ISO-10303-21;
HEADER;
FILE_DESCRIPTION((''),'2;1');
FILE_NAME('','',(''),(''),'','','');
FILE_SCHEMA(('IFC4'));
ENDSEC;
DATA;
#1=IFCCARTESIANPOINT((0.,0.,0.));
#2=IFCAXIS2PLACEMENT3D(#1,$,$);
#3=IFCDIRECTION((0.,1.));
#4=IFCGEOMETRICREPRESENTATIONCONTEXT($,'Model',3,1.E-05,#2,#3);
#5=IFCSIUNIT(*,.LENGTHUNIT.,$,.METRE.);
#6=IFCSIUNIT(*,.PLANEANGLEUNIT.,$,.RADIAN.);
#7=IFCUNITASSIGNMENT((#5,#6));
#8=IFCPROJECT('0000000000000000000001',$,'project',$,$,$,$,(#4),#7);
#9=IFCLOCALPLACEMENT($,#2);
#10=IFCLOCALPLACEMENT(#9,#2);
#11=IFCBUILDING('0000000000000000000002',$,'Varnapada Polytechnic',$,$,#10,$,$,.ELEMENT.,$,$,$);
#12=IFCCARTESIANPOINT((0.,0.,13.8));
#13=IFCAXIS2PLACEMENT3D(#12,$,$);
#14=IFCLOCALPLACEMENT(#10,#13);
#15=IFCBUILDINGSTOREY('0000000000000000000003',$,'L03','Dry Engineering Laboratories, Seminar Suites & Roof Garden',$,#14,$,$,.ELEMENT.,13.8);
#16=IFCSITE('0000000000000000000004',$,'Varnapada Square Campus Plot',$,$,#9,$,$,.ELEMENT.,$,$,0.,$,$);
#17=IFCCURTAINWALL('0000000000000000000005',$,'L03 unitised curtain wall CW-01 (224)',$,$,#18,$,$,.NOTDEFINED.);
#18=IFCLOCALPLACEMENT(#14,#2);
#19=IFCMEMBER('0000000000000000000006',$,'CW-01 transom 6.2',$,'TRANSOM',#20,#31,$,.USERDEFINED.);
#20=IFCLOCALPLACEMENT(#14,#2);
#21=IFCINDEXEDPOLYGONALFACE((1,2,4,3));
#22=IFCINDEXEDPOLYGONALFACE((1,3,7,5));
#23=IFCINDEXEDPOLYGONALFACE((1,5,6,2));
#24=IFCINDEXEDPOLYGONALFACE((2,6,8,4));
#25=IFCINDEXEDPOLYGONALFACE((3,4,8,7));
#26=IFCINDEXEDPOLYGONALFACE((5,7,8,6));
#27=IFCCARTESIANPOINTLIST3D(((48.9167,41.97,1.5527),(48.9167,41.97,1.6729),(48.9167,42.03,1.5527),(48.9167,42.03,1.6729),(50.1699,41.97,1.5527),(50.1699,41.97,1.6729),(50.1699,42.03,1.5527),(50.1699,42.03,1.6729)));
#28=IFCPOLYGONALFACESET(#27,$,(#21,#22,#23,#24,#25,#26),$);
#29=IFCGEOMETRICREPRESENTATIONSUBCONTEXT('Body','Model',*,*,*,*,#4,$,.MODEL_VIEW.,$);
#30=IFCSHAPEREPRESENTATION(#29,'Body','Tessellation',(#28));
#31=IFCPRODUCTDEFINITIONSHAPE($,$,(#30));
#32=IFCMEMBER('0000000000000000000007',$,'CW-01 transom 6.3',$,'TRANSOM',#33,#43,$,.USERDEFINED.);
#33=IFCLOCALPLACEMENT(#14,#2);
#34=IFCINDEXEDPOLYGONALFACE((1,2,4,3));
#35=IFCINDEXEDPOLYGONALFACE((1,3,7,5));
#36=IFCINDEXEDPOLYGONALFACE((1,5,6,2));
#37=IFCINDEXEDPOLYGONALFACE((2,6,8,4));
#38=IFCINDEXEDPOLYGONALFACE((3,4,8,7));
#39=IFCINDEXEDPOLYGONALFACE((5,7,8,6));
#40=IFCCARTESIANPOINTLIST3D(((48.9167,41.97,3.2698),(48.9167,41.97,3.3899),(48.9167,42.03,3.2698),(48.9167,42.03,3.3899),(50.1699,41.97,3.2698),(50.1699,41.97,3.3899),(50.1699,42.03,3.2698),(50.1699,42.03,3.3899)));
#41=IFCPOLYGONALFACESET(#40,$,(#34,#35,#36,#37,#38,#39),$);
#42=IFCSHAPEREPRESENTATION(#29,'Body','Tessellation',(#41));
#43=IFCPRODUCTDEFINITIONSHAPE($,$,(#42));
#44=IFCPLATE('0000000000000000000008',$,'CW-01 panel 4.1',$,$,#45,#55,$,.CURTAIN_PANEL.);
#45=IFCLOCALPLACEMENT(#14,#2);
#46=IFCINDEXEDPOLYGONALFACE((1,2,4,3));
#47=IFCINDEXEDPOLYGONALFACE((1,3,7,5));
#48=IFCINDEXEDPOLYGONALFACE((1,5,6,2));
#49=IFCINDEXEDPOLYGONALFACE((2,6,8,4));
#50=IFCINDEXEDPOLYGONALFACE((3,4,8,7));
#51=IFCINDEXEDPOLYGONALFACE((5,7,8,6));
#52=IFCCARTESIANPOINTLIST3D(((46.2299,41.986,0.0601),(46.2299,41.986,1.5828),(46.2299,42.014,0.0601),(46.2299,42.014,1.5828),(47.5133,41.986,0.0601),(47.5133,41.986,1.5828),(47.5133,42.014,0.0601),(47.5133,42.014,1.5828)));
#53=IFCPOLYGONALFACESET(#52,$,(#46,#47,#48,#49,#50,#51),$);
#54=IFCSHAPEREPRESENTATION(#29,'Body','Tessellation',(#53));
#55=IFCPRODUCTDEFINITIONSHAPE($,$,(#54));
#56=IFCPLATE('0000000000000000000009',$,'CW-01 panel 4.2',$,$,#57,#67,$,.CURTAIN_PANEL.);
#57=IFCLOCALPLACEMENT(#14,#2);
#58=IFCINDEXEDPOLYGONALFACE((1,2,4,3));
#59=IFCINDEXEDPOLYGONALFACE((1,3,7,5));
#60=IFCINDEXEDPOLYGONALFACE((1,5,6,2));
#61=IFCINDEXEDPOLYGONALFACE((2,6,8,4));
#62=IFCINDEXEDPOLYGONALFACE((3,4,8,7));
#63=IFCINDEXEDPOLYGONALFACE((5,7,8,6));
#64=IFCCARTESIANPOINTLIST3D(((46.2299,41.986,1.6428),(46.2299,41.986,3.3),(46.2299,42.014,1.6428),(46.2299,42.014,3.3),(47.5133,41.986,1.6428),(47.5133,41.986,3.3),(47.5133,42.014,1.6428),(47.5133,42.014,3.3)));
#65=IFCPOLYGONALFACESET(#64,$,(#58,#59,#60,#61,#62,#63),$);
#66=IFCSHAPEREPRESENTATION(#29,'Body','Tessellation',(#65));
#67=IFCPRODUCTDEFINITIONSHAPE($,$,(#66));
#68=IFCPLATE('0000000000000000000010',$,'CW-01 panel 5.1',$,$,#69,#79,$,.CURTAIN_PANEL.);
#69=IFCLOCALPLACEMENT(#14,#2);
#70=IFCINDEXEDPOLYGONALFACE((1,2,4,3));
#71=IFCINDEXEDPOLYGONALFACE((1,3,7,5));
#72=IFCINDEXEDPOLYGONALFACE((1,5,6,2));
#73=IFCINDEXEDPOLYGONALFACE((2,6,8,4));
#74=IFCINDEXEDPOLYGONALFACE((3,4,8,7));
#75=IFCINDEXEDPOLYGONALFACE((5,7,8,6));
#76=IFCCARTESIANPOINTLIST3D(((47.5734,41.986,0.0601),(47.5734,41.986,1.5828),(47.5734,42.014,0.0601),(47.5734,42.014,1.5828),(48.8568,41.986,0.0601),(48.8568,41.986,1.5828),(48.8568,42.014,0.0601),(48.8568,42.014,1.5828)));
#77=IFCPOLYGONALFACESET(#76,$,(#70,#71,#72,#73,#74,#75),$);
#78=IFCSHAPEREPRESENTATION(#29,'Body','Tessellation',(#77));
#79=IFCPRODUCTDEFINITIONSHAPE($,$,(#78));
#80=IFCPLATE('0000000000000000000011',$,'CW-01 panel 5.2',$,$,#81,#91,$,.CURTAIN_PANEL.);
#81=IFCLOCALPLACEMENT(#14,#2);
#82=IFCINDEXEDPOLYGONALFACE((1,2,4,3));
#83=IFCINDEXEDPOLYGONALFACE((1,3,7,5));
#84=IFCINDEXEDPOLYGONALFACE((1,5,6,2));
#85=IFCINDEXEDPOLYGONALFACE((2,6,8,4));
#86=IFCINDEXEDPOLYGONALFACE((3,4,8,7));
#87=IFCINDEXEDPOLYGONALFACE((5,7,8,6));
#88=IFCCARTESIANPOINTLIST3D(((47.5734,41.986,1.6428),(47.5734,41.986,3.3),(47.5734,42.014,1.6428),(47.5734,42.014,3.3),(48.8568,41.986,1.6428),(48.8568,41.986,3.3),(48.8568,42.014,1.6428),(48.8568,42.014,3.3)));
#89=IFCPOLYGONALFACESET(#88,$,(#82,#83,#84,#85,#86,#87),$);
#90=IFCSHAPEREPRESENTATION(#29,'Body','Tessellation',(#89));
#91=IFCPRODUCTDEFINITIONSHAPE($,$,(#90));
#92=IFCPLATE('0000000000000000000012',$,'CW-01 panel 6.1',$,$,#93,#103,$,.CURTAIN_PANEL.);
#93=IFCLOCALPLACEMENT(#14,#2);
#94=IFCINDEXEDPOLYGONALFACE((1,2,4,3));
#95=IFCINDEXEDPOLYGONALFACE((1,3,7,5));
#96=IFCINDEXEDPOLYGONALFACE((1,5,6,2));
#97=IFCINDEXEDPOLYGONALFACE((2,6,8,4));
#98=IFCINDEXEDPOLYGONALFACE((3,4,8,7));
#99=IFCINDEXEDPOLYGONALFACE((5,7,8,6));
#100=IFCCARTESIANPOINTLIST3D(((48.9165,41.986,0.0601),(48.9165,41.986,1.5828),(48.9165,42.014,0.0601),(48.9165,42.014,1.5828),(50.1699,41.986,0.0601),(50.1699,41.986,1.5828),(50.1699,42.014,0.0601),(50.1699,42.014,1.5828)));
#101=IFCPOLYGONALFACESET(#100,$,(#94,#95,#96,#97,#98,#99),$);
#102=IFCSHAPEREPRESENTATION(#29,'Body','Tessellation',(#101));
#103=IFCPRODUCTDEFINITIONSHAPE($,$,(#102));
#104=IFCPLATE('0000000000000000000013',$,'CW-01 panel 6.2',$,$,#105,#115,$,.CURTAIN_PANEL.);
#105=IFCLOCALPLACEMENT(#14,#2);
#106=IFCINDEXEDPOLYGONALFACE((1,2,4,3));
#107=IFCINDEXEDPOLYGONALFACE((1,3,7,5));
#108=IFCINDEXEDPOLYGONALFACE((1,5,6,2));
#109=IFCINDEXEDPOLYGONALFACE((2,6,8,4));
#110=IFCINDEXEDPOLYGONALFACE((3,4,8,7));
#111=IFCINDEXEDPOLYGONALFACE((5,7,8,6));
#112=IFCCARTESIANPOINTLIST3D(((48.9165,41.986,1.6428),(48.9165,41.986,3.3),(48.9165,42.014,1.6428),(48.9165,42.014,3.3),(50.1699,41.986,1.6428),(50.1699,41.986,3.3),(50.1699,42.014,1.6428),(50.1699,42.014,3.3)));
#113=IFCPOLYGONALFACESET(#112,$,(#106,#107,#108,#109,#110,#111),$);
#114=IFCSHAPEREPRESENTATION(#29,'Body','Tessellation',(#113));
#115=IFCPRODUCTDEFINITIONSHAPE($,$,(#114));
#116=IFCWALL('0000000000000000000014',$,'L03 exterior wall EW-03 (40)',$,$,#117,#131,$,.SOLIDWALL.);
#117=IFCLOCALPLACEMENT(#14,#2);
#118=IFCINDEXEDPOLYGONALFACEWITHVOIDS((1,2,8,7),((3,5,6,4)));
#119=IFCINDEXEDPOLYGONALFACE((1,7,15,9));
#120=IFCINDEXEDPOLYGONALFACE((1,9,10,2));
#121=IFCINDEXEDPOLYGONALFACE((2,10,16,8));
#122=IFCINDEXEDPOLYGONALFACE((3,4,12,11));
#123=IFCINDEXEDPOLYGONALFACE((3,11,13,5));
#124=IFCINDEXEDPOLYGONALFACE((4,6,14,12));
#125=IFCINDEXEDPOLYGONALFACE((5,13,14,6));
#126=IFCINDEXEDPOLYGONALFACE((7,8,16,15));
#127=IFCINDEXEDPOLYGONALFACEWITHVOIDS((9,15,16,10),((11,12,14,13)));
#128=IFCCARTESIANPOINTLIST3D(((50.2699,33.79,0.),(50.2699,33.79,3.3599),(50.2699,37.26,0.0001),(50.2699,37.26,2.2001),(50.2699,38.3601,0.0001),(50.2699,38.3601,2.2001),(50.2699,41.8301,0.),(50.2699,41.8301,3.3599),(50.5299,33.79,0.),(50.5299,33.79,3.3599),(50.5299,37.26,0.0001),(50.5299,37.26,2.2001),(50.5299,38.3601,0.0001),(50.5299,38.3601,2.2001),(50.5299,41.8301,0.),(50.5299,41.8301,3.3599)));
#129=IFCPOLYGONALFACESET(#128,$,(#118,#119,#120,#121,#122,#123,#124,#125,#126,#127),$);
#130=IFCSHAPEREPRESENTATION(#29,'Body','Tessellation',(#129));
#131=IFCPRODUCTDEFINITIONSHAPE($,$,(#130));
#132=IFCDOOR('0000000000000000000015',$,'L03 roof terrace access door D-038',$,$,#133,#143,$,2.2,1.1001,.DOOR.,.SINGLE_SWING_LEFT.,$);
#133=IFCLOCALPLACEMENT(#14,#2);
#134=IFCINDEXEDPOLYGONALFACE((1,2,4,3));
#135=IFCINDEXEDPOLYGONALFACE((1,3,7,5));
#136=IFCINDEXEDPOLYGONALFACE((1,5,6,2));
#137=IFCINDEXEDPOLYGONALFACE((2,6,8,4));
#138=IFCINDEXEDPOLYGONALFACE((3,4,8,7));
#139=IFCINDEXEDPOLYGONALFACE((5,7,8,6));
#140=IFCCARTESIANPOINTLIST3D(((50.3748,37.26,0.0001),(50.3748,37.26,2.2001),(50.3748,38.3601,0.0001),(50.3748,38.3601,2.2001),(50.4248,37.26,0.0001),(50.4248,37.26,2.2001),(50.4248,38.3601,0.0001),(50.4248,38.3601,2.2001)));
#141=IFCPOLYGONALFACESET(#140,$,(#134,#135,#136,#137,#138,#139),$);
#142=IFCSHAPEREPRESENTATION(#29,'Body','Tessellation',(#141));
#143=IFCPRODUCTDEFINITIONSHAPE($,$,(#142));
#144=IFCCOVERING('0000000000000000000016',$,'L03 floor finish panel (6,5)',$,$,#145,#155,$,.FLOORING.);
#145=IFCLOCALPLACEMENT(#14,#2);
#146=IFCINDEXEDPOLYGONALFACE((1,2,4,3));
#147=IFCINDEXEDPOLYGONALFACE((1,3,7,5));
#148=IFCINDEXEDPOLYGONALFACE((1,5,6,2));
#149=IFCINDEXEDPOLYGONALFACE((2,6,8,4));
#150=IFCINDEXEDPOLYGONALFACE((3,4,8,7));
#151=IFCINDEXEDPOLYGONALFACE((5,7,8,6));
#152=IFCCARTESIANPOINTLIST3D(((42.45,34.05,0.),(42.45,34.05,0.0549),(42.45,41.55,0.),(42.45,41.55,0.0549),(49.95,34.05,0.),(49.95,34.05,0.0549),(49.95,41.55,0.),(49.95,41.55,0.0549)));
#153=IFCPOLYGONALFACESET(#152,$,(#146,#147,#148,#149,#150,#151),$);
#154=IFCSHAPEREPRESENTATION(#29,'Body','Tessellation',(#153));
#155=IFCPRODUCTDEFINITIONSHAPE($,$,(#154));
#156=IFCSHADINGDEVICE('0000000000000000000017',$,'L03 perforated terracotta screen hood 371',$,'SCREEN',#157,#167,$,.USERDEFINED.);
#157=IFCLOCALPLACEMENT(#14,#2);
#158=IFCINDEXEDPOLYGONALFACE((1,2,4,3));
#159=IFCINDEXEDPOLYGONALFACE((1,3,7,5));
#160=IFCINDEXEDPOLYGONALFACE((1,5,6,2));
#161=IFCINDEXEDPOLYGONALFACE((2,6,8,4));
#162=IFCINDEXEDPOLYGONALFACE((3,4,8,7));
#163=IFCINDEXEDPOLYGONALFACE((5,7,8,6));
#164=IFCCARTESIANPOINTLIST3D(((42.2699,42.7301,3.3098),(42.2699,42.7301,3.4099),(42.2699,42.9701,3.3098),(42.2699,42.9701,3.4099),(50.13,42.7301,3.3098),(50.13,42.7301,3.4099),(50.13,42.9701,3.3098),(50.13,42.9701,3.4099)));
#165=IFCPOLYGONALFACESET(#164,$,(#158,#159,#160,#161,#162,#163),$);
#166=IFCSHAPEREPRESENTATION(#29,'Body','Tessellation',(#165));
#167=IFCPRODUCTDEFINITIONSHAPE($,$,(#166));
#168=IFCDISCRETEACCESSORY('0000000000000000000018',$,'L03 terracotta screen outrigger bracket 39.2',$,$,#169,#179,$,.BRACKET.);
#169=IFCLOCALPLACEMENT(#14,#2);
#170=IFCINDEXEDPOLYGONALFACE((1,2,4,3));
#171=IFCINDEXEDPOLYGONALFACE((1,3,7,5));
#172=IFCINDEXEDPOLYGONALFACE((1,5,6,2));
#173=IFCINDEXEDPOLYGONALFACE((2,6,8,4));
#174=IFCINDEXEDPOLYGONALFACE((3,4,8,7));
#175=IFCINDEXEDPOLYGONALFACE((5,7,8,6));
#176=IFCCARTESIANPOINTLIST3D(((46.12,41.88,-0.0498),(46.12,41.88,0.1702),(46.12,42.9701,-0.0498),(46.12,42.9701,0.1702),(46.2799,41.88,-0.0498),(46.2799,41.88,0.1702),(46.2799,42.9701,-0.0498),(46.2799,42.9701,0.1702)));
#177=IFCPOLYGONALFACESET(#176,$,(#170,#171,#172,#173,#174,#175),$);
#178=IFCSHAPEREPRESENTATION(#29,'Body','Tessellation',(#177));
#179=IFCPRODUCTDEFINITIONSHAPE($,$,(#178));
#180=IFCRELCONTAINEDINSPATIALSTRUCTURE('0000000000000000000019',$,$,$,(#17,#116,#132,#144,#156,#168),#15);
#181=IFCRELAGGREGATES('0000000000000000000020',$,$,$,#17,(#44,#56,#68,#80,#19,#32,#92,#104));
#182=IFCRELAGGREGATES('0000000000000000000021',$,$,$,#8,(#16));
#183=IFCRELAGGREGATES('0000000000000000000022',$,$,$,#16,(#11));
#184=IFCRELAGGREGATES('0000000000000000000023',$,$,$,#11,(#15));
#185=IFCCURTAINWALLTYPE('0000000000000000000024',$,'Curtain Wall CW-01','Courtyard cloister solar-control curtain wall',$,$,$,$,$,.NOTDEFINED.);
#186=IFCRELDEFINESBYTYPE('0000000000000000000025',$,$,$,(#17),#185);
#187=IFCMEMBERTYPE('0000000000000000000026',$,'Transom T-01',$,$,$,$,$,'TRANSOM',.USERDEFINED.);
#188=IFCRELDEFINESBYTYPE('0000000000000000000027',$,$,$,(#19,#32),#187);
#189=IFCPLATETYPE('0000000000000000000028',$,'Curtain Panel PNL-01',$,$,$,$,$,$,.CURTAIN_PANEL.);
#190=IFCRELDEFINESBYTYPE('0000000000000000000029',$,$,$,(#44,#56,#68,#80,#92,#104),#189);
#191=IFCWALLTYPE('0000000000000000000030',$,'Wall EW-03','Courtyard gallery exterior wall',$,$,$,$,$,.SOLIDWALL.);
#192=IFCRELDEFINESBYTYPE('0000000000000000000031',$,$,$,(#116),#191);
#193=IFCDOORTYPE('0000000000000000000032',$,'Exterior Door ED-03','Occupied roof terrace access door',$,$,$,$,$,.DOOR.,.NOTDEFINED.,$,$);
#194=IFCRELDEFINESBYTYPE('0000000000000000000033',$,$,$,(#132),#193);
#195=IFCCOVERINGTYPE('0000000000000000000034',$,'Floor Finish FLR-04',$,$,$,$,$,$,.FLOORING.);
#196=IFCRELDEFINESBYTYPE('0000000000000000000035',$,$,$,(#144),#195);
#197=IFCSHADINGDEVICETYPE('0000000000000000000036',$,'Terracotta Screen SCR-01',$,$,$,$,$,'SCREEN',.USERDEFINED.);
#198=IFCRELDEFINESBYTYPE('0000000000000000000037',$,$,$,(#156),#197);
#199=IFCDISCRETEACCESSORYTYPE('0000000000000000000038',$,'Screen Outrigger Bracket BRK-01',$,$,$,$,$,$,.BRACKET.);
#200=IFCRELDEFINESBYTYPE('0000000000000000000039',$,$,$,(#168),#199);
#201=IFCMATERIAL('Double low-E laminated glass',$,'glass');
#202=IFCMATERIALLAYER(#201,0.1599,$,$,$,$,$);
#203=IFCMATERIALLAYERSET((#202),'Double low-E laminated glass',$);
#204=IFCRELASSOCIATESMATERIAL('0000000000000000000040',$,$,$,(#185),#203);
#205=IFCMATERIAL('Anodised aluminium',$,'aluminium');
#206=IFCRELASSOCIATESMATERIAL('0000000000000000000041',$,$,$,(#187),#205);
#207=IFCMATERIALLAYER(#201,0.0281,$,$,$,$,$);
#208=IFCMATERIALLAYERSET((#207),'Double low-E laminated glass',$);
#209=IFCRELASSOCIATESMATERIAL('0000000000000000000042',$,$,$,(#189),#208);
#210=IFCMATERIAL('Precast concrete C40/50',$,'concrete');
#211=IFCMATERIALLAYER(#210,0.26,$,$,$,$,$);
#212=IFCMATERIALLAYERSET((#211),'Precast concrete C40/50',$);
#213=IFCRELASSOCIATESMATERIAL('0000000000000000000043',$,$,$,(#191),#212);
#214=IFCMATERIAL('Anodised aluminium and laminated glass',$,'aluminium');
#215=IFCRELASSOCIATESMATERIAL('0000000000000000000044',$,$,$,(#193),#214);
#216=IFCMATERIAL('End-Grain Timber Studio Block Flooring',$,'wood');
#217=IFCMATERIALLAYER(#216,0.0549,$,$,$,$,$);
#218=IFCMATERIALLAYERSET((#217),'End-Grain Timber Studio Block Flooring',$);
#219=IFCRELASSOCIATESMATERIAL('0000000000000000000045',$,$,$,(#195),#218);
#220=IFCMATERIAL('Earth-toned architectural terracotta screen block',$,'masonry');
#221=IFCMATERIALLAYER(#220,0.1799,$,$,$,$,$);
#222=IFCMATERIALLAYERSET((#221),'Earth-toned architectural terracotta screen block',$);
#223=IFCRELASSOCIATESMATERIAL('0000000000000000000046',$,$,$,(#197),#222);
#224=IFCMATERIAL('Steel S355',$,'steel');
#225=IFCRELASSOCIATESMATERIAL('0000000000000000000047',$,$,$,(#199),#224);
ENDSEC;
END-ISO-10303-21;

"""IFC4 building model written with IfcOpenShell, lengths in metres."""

from ifc_helpers import new_model, si_unit, direction, frame, frame_2d, origin, origin_2d, place, context, subcontext, project, spatial, rectangle, extrude, material, layer, layer_set, material_profile, profile_set, type_object, element, fill, aggregate, save


model = new_model("IFC4")

# Units and contexts
model_context = context("Model", 3, precision=1e-05, world=origin(), true_north=direction((0.0, 1.0)))
body_context = subcontext(model_context, "Body", "Model", "MODEL_VIEW")
ifc_project = project(units=[si_unit("LENGTHUNIT", "METRE"), si_unit("PLANEANGLEUNIT", "RADIAN")], contexts=[model_context])

# Site, building, storey
site_placement = place(None, origin())
site = spatial("IfcSite", under=ifc_project, at=site_placement, Name="Varnapada Square Campus Plot", CompositionType="ELEMENT", RefElevation=0.0)
building_placement = place(site_placement, origin())
building = spatial("IfcBuilding", under=site, at=building_placement, Name="Varnapada Polytechnic", CompositionType="ELEMENT")
storey_placement = place(building_placement, frame((0.0, 0.0, 13.8)))
storey = spatial("IfcBuildingStorey", under=building, at=storey_placement, Name="L03", Description="Dry Engineering Laboratories, Seminar Suites & Roof Garden", CompositionType="ELEMENT", Elevation=13.8)

# Curtain wall
ifc_material_1 = material(Name="Double low-E laminated glass", Category="glass")
ifc_layer_1 = layer(ifc_material_1, 0.1599)
ifc_layer_set_1 = layer_set([ifc_layer_1], Name="Double low-E laminated glass")
curtain_wall_type = type_object("IfcCurtainWallType", Name="Curtain Wall CW-01", Description="Courtyard cloister solar-control curtain wall", PredefinedType="NOTDEFINED", material=ifc_layer_set_1)
curtain_wall_placement = place(storey_placement, origin())
curtain_wall = element("IfcCurtainWall", 1, at=curtain_wall_placement, inside=storey, type_object=curtain_wall_type, Name="L03 unitised curtain wall CW-01 (224)", PredefinedType="NOTDEFINED")
ifc_material_2 = material(Name="Anodised aluminium", Category="aluminium")

# Members
ifc_material_profile_1 = material_profile(ifc_material_2, rectangle(XDim=0.0601, YDim=0.1201, at=origin_2d()), Name="ALU T60x120")
ifc_profile_set_1 = profile_set([ifc_material_profile_1], Name="Anodised aluminium")
member_type_1 = type_object("IfcMemberType", Name="Transom T-01", ElementType="TRANSOM", PredefinedType="USERDEFINED", material=ifc_profile_set_1)
member_1_placement = place(storey_placement, frame((48.9167, 42.0, 1.6128), z_axis=(1.0, 0.0, 0.0), x_axis=(0.0, 1.0, 0.0)))
member_1 = element("IfcMember", 2, at=member_1_placement, type_object=member_type_1, Name="CW-01 transom 6.2", ObjectType="TRANSOM", PredefinedType="USERDEFINED", context=body_context, shape_type="SweptSolid", body=[
    extrude(rectangle(XDim=0.0601, YDim=0.1201, at=origin_2d()), origin(), (0.0, 0.0, 1.0), 1.2532),
])
member_2_placement = place(storey_placement, frame((48.9167, 42.0, 3.3298), z_axis=(1.0, 0.0, 0.0), x_axis=(0.0, 1.0, 0.0)))
member_2 = element("IfcMember", 3, at=member_2_placement, type_object=member_type_1, Name="CW-01 transom 6.3", ObjectType="TRANSOM", PredefinedType="USERDEFINED", context=body_context, shape_type="SweptSolid", body=[
    extrude(rectangle(XDim=0.0601, YDim=0.1201, at=origin_2d()), origin(), (0.0, 0.0, 1.0), 1.2532),
])

# Plates
ifc_layer_2 = layer(ifc_material_1, 0.0281)
ifc_layer_set_2 = layer_set([ifc_layer_2], Name="Double low-E laminated glass")
plate_type = type_object("IfcPlateType", Name="Curtain Panel PNL-01", PredefinedType="CURTAIN_PANEL", material=ifc_layer_set_2)
plate_1_placement = place(storey_placement, frame((46.8716, 42.0, 0.0601), z_axis=(0.0, 0.0, 1.0), x_axis=(1.0, 0.0, 0.0)))
plate_1 = element("IfcPlate", 4, at=plate_1_placement, type_object=plate_type, Name="CW-01 panel 4.1", PredefinedType="CURTAIN_PANEL", context=body_context, shape_type="SweptSolid", body=[
    extrude(rectangle(XDim=1.2834, YDim=0.0281, at=origin_2d()), origin(), (0.0, 0.0, 1.0), 1.5227),
])
plate_2_placement = place(storey_placement, frame((46.8716, 42.0, 1.6428), z_axis=(0.0, 0.0, 1.0), x_axis=(1.0, 0.0, 0.0)))
plate_2 = element("IfcPlate", 5, at=plate_2_placement, type_object=plate_type, Name="CW-01 panel 4.2", PredefinedType="CURTAIN_PANEL", context=body_context, shape_type="SweptSolid", body=[
    extrude(rectangle(XDim=1.2834, YDim=0.0281, at=origin_2d()), origin(), (0.0, 0.0, 1.0), 1.6572),
])
plate_3_placement = place(storey_placement, frame((48.2151, 42.0, 0.0601), z_axis=(0.0, 0.0, 1.0), x_axis=(1.0, 0.0, 0.0)))
plate_3 = element("IfcPlate", 6, at=plate_3_placement, type_object=plate_type, Name="CW-01 panel 5.1", PredefinedType="CURTAIN_PANEL", context=body_context, shape_type="SweptSolid", body=[
    extrude(rectangle(XDim=1.2834, YDim=0.0281, at=origin_2d()), origin(), (0.0, 0.0, 1.0), 1.5227),
])
plate_4_placement = place(storey_placement, frame((48.2151, 42.0, 1.6428), z_axis=(0.0, 0.0, 1.0), x_axis=(1.0, 0.0, 0.0)))
plate_4 = element("IfcPlate", 7, at=plate_4_placement, type_object=plate_type, Name="CW-01 panel 5.2", PredefinedType="CURTAIN_PANEL", context=body_context, shape_type="SweptSolid", body=[
    extrude(rectangle(XDim=1.2834, YDim=0.0281, at=origin_2d()), origin(), (0.0, 0.0, 1.0), 1.6572),
])
plate_5_placement = place(storey_placement, frame((49.5432, 42.0, 0.0601), z_axis=(0.0, 0.0, 1.0), x_axis=(1.0, 0.0, 0.0)))
plate_5 = element("IfcPlate", 8, at=plate_5_placement, type_object=plate_type, Name="CW-01 panel 6.1", PredefinedType="CURTAIN_PANEL", context=body_context, shape_type="SweptSolid", body=[
    extrude(rectangle(XDim=1.2534, YDim=0.0281, at=origin_2d()), origin(), (0.0, 0.0, 1.0), 1.5227),
])
plate_6_placement = place(storey_placement, frame((49.5432, 42.0, 1.6428), z_axis=(0.0, 0.0, 1.0), x_axis=(1.0, 0.0, 0.0)))
plate_6 = element("IfcPlate", 9, at=plate_6_placement, type_object=plate_type, Name="CW-01 panel 6.2", PredefinedType="CURTAIN_PANEL", context=body_context, shape_type="SweptSolid", body=[
    extrude(rectangle(XDim=1.2534, YDim=0.0281, at=origin_2d()), origin(), (0.0, 0.0, 1.0), 1.6572),
])
aggregate(curtain_wall, [plate_1, plate_2, plate_3, plate_4, member_1, member_2, plate_5, plate_6])

# Wall, opening, door
ifc_material_3 = material(Name="Precast concrete C40/50", Category="concrete")
ifc_layer_3 = layer(ifc_material_3, 0.26)
ifc_layer_set_3 = layer_set([ifc_layer_3], Name="Precast concrete C40/50")
wall_type = type_object("IfcWallType", Name="Wall EW-03", Description="Courtyard gallery exterior wall", PredefinedType="SOLIDWALL", material=ifc_layer_set_3)
wall_placement = place(storey_placement, frame((50.3999, 41.8301, 0.0), z_axis=(0.0, 0.0, 1.0), x_axis=(0.0, -1.0, 0.0)))
wall = element("IfcWall", 10, at=wall_placement, inside=storey, type_object=wall_type, Name="L03 exterior wall EW-03 (40)", PredefinedType="SOLIDWALL", context=body_context, shape_type="SweptSolid", body=[
    extrude(rectangle(XDim=8.04, YDim=0.26, at=frame_2d((4.02, 0.0))), origin(), (0.0, 0.0, 1.0), 3.3599),
])
opening_placement = place(wall_placement, frame((3.47, 0.0, 0.0)))
opening = element("IfcOpeningElement", 11, at=opening_placement, cuts=wall, PredefinedType="OPENING", context=body_context, shape_type="SweptSolid", body=[
    extrude(rectangle(XDim=1.1001, YDim=2.2, at=frame_2d((0.55, 1.1001))), frame((0.0, 0.1399, 0.0), z_axis=(0.0, -1.0, 0.0), x_axis=(1.0, 0.0, 0.0)), (0.0, 0.0, 1.0), 0.28),
])
ifc_material_4 = material(Name="Anodised aluminium and laminated glass", Category="aluminium")
door_type = type_object("IfcDoorType", Name="Exterior Door ED-03", Description="Occupied roof terrace access door", OperationType="NOTDEFINED", PredefinedType="DOOR", material=ifc_material_4)
door_placement = place(opening_placement, origin())
door = element("IfcDoor", 12, at=door_placement, inside=storey, type_object=door_type, Name="L03 roof terrace access door D-038", OperationType="SINGLE_SWING_LEFT", OverallHeight=2.2, OverallWidth=1.1001, PredefinedType="DOOR", context=body_context, shape_type="SweptSolid", body=[
    extrude(rectangle(XDim=1.1001, YDim=2.2, at=frame_2d((0.55, 1.1001))), frame((0.0, 0.0249, 0.0), z_axis=(0.0, -1.0, 0.0), x_axis=(1.0, 0.0, 0.0)), (0.0, 0.0, 1.0), 0.05),
])
fill(opening, door)

# Covering
ifc_material_5 = material(Name="End-Grain Timber Studio Block Flooring", Category="wood")
ifc_layer_4 = layer(ifc_material_5, 0.0549)
ifc_layer_set_4 = layer_set([ifc_layer_4], Name="End-Grain Timber Studio Block Flooring")
covering_type = type_object("IfcCoveringType", Name="Floor Finish FLR-04", PredefinedType="FLOORING", material=ifc_layer_set_4)
covering_placement = place(storey_placement, frame((46.2, 37.8, 0.0), z_axis=(0.0, 0.0, 1.0), x_axis=(1.0, 0.0, 0.0)))
element("IfcCovering", 13, at=covering_placement, inside=storey, type_object=covering_type, Name="L03 floor finish panel (6,5)", PredefinedType="FLOORING", context=body_context, shape_type="SweptSolid", body=[
    extrude(rectangle(XDim=7.5, YDim=7.5, at=origin_2d()), origin(), (0.0, 0.0, 1.0), 0.0549),
])

# Shading device
ifc_material_6 = material(Name="Earth-toned architectural terracotta screen block", Category="masonry")
ifc_layer_5 = layer(ifc_material_6, 0.1799)
ifc_layer_set_5 = layer_set([ifc_layer_5], Name="Earth-toned architectural terracotta screen block")
shading_device_type = type_object("IfcShadingDeviceType", Name="Terracotta Screen SCR-01", ElementType="SCREEN", PredefinedType="USERDEFINED", material=ifc_layer_set_5)
shading_device_placement = place(storey_placement, frame((46.2, 42.8501, 3.3098), z_axis=(0.0, 0.0, 1.0), x_axis=(1.0, 0.0, 0.0)))
element("IfcShadingDevice", 14, at=shading_device_placement, inside=storey, type_object=shading_device_type, Name="L03 perforated terracotta screen hood 371", ObjectType="SCREEN", PredefinedType="USERDEFINED", context=body_context, shape_type="SweptSolid", body=[
    extrude(rectangle(XDim=7.8601, YDim=0.24, at=origin_2d()), origin(), (0.0, 0.0, 1.0), 0.1001),
])

# Discrete accessory
ifc_material_7 = material(Name="Steel S355", Category="steel")
discrete_accessory_type = type_object("IfcDiscreteAccessoryType", Name="Screen Outrigger Bracket BRK-01", PredefinedType="BRACKET", material=ifc_material_7)
for number, where, z_axis, x_axis, name in (
    (15, (46.2, 42.425, -0.0498), (0.0, 0.0, 1.0), (1.0, 0.0, 0.0), "L03 terracotta screen outrigger bracket 39.2"),
):
    element("IfcDiscreteAccessory", number, at=place(storey_placement, frame(where, z_axis=z_axis, x_axis=x_axis)), inside=storey, type_object=discrete_accessory_type, Name=name, PredefinedType="BRACKET", context=body_context, shape_type="SweptSolid", body=[
        extrude(rectangle(XDim=0.1599, YDim=1.0901, at=origin_2d()), origin(), (0.0, 0.0, 1.0), 0.22),
    ])

save(model, "model.ifc")
